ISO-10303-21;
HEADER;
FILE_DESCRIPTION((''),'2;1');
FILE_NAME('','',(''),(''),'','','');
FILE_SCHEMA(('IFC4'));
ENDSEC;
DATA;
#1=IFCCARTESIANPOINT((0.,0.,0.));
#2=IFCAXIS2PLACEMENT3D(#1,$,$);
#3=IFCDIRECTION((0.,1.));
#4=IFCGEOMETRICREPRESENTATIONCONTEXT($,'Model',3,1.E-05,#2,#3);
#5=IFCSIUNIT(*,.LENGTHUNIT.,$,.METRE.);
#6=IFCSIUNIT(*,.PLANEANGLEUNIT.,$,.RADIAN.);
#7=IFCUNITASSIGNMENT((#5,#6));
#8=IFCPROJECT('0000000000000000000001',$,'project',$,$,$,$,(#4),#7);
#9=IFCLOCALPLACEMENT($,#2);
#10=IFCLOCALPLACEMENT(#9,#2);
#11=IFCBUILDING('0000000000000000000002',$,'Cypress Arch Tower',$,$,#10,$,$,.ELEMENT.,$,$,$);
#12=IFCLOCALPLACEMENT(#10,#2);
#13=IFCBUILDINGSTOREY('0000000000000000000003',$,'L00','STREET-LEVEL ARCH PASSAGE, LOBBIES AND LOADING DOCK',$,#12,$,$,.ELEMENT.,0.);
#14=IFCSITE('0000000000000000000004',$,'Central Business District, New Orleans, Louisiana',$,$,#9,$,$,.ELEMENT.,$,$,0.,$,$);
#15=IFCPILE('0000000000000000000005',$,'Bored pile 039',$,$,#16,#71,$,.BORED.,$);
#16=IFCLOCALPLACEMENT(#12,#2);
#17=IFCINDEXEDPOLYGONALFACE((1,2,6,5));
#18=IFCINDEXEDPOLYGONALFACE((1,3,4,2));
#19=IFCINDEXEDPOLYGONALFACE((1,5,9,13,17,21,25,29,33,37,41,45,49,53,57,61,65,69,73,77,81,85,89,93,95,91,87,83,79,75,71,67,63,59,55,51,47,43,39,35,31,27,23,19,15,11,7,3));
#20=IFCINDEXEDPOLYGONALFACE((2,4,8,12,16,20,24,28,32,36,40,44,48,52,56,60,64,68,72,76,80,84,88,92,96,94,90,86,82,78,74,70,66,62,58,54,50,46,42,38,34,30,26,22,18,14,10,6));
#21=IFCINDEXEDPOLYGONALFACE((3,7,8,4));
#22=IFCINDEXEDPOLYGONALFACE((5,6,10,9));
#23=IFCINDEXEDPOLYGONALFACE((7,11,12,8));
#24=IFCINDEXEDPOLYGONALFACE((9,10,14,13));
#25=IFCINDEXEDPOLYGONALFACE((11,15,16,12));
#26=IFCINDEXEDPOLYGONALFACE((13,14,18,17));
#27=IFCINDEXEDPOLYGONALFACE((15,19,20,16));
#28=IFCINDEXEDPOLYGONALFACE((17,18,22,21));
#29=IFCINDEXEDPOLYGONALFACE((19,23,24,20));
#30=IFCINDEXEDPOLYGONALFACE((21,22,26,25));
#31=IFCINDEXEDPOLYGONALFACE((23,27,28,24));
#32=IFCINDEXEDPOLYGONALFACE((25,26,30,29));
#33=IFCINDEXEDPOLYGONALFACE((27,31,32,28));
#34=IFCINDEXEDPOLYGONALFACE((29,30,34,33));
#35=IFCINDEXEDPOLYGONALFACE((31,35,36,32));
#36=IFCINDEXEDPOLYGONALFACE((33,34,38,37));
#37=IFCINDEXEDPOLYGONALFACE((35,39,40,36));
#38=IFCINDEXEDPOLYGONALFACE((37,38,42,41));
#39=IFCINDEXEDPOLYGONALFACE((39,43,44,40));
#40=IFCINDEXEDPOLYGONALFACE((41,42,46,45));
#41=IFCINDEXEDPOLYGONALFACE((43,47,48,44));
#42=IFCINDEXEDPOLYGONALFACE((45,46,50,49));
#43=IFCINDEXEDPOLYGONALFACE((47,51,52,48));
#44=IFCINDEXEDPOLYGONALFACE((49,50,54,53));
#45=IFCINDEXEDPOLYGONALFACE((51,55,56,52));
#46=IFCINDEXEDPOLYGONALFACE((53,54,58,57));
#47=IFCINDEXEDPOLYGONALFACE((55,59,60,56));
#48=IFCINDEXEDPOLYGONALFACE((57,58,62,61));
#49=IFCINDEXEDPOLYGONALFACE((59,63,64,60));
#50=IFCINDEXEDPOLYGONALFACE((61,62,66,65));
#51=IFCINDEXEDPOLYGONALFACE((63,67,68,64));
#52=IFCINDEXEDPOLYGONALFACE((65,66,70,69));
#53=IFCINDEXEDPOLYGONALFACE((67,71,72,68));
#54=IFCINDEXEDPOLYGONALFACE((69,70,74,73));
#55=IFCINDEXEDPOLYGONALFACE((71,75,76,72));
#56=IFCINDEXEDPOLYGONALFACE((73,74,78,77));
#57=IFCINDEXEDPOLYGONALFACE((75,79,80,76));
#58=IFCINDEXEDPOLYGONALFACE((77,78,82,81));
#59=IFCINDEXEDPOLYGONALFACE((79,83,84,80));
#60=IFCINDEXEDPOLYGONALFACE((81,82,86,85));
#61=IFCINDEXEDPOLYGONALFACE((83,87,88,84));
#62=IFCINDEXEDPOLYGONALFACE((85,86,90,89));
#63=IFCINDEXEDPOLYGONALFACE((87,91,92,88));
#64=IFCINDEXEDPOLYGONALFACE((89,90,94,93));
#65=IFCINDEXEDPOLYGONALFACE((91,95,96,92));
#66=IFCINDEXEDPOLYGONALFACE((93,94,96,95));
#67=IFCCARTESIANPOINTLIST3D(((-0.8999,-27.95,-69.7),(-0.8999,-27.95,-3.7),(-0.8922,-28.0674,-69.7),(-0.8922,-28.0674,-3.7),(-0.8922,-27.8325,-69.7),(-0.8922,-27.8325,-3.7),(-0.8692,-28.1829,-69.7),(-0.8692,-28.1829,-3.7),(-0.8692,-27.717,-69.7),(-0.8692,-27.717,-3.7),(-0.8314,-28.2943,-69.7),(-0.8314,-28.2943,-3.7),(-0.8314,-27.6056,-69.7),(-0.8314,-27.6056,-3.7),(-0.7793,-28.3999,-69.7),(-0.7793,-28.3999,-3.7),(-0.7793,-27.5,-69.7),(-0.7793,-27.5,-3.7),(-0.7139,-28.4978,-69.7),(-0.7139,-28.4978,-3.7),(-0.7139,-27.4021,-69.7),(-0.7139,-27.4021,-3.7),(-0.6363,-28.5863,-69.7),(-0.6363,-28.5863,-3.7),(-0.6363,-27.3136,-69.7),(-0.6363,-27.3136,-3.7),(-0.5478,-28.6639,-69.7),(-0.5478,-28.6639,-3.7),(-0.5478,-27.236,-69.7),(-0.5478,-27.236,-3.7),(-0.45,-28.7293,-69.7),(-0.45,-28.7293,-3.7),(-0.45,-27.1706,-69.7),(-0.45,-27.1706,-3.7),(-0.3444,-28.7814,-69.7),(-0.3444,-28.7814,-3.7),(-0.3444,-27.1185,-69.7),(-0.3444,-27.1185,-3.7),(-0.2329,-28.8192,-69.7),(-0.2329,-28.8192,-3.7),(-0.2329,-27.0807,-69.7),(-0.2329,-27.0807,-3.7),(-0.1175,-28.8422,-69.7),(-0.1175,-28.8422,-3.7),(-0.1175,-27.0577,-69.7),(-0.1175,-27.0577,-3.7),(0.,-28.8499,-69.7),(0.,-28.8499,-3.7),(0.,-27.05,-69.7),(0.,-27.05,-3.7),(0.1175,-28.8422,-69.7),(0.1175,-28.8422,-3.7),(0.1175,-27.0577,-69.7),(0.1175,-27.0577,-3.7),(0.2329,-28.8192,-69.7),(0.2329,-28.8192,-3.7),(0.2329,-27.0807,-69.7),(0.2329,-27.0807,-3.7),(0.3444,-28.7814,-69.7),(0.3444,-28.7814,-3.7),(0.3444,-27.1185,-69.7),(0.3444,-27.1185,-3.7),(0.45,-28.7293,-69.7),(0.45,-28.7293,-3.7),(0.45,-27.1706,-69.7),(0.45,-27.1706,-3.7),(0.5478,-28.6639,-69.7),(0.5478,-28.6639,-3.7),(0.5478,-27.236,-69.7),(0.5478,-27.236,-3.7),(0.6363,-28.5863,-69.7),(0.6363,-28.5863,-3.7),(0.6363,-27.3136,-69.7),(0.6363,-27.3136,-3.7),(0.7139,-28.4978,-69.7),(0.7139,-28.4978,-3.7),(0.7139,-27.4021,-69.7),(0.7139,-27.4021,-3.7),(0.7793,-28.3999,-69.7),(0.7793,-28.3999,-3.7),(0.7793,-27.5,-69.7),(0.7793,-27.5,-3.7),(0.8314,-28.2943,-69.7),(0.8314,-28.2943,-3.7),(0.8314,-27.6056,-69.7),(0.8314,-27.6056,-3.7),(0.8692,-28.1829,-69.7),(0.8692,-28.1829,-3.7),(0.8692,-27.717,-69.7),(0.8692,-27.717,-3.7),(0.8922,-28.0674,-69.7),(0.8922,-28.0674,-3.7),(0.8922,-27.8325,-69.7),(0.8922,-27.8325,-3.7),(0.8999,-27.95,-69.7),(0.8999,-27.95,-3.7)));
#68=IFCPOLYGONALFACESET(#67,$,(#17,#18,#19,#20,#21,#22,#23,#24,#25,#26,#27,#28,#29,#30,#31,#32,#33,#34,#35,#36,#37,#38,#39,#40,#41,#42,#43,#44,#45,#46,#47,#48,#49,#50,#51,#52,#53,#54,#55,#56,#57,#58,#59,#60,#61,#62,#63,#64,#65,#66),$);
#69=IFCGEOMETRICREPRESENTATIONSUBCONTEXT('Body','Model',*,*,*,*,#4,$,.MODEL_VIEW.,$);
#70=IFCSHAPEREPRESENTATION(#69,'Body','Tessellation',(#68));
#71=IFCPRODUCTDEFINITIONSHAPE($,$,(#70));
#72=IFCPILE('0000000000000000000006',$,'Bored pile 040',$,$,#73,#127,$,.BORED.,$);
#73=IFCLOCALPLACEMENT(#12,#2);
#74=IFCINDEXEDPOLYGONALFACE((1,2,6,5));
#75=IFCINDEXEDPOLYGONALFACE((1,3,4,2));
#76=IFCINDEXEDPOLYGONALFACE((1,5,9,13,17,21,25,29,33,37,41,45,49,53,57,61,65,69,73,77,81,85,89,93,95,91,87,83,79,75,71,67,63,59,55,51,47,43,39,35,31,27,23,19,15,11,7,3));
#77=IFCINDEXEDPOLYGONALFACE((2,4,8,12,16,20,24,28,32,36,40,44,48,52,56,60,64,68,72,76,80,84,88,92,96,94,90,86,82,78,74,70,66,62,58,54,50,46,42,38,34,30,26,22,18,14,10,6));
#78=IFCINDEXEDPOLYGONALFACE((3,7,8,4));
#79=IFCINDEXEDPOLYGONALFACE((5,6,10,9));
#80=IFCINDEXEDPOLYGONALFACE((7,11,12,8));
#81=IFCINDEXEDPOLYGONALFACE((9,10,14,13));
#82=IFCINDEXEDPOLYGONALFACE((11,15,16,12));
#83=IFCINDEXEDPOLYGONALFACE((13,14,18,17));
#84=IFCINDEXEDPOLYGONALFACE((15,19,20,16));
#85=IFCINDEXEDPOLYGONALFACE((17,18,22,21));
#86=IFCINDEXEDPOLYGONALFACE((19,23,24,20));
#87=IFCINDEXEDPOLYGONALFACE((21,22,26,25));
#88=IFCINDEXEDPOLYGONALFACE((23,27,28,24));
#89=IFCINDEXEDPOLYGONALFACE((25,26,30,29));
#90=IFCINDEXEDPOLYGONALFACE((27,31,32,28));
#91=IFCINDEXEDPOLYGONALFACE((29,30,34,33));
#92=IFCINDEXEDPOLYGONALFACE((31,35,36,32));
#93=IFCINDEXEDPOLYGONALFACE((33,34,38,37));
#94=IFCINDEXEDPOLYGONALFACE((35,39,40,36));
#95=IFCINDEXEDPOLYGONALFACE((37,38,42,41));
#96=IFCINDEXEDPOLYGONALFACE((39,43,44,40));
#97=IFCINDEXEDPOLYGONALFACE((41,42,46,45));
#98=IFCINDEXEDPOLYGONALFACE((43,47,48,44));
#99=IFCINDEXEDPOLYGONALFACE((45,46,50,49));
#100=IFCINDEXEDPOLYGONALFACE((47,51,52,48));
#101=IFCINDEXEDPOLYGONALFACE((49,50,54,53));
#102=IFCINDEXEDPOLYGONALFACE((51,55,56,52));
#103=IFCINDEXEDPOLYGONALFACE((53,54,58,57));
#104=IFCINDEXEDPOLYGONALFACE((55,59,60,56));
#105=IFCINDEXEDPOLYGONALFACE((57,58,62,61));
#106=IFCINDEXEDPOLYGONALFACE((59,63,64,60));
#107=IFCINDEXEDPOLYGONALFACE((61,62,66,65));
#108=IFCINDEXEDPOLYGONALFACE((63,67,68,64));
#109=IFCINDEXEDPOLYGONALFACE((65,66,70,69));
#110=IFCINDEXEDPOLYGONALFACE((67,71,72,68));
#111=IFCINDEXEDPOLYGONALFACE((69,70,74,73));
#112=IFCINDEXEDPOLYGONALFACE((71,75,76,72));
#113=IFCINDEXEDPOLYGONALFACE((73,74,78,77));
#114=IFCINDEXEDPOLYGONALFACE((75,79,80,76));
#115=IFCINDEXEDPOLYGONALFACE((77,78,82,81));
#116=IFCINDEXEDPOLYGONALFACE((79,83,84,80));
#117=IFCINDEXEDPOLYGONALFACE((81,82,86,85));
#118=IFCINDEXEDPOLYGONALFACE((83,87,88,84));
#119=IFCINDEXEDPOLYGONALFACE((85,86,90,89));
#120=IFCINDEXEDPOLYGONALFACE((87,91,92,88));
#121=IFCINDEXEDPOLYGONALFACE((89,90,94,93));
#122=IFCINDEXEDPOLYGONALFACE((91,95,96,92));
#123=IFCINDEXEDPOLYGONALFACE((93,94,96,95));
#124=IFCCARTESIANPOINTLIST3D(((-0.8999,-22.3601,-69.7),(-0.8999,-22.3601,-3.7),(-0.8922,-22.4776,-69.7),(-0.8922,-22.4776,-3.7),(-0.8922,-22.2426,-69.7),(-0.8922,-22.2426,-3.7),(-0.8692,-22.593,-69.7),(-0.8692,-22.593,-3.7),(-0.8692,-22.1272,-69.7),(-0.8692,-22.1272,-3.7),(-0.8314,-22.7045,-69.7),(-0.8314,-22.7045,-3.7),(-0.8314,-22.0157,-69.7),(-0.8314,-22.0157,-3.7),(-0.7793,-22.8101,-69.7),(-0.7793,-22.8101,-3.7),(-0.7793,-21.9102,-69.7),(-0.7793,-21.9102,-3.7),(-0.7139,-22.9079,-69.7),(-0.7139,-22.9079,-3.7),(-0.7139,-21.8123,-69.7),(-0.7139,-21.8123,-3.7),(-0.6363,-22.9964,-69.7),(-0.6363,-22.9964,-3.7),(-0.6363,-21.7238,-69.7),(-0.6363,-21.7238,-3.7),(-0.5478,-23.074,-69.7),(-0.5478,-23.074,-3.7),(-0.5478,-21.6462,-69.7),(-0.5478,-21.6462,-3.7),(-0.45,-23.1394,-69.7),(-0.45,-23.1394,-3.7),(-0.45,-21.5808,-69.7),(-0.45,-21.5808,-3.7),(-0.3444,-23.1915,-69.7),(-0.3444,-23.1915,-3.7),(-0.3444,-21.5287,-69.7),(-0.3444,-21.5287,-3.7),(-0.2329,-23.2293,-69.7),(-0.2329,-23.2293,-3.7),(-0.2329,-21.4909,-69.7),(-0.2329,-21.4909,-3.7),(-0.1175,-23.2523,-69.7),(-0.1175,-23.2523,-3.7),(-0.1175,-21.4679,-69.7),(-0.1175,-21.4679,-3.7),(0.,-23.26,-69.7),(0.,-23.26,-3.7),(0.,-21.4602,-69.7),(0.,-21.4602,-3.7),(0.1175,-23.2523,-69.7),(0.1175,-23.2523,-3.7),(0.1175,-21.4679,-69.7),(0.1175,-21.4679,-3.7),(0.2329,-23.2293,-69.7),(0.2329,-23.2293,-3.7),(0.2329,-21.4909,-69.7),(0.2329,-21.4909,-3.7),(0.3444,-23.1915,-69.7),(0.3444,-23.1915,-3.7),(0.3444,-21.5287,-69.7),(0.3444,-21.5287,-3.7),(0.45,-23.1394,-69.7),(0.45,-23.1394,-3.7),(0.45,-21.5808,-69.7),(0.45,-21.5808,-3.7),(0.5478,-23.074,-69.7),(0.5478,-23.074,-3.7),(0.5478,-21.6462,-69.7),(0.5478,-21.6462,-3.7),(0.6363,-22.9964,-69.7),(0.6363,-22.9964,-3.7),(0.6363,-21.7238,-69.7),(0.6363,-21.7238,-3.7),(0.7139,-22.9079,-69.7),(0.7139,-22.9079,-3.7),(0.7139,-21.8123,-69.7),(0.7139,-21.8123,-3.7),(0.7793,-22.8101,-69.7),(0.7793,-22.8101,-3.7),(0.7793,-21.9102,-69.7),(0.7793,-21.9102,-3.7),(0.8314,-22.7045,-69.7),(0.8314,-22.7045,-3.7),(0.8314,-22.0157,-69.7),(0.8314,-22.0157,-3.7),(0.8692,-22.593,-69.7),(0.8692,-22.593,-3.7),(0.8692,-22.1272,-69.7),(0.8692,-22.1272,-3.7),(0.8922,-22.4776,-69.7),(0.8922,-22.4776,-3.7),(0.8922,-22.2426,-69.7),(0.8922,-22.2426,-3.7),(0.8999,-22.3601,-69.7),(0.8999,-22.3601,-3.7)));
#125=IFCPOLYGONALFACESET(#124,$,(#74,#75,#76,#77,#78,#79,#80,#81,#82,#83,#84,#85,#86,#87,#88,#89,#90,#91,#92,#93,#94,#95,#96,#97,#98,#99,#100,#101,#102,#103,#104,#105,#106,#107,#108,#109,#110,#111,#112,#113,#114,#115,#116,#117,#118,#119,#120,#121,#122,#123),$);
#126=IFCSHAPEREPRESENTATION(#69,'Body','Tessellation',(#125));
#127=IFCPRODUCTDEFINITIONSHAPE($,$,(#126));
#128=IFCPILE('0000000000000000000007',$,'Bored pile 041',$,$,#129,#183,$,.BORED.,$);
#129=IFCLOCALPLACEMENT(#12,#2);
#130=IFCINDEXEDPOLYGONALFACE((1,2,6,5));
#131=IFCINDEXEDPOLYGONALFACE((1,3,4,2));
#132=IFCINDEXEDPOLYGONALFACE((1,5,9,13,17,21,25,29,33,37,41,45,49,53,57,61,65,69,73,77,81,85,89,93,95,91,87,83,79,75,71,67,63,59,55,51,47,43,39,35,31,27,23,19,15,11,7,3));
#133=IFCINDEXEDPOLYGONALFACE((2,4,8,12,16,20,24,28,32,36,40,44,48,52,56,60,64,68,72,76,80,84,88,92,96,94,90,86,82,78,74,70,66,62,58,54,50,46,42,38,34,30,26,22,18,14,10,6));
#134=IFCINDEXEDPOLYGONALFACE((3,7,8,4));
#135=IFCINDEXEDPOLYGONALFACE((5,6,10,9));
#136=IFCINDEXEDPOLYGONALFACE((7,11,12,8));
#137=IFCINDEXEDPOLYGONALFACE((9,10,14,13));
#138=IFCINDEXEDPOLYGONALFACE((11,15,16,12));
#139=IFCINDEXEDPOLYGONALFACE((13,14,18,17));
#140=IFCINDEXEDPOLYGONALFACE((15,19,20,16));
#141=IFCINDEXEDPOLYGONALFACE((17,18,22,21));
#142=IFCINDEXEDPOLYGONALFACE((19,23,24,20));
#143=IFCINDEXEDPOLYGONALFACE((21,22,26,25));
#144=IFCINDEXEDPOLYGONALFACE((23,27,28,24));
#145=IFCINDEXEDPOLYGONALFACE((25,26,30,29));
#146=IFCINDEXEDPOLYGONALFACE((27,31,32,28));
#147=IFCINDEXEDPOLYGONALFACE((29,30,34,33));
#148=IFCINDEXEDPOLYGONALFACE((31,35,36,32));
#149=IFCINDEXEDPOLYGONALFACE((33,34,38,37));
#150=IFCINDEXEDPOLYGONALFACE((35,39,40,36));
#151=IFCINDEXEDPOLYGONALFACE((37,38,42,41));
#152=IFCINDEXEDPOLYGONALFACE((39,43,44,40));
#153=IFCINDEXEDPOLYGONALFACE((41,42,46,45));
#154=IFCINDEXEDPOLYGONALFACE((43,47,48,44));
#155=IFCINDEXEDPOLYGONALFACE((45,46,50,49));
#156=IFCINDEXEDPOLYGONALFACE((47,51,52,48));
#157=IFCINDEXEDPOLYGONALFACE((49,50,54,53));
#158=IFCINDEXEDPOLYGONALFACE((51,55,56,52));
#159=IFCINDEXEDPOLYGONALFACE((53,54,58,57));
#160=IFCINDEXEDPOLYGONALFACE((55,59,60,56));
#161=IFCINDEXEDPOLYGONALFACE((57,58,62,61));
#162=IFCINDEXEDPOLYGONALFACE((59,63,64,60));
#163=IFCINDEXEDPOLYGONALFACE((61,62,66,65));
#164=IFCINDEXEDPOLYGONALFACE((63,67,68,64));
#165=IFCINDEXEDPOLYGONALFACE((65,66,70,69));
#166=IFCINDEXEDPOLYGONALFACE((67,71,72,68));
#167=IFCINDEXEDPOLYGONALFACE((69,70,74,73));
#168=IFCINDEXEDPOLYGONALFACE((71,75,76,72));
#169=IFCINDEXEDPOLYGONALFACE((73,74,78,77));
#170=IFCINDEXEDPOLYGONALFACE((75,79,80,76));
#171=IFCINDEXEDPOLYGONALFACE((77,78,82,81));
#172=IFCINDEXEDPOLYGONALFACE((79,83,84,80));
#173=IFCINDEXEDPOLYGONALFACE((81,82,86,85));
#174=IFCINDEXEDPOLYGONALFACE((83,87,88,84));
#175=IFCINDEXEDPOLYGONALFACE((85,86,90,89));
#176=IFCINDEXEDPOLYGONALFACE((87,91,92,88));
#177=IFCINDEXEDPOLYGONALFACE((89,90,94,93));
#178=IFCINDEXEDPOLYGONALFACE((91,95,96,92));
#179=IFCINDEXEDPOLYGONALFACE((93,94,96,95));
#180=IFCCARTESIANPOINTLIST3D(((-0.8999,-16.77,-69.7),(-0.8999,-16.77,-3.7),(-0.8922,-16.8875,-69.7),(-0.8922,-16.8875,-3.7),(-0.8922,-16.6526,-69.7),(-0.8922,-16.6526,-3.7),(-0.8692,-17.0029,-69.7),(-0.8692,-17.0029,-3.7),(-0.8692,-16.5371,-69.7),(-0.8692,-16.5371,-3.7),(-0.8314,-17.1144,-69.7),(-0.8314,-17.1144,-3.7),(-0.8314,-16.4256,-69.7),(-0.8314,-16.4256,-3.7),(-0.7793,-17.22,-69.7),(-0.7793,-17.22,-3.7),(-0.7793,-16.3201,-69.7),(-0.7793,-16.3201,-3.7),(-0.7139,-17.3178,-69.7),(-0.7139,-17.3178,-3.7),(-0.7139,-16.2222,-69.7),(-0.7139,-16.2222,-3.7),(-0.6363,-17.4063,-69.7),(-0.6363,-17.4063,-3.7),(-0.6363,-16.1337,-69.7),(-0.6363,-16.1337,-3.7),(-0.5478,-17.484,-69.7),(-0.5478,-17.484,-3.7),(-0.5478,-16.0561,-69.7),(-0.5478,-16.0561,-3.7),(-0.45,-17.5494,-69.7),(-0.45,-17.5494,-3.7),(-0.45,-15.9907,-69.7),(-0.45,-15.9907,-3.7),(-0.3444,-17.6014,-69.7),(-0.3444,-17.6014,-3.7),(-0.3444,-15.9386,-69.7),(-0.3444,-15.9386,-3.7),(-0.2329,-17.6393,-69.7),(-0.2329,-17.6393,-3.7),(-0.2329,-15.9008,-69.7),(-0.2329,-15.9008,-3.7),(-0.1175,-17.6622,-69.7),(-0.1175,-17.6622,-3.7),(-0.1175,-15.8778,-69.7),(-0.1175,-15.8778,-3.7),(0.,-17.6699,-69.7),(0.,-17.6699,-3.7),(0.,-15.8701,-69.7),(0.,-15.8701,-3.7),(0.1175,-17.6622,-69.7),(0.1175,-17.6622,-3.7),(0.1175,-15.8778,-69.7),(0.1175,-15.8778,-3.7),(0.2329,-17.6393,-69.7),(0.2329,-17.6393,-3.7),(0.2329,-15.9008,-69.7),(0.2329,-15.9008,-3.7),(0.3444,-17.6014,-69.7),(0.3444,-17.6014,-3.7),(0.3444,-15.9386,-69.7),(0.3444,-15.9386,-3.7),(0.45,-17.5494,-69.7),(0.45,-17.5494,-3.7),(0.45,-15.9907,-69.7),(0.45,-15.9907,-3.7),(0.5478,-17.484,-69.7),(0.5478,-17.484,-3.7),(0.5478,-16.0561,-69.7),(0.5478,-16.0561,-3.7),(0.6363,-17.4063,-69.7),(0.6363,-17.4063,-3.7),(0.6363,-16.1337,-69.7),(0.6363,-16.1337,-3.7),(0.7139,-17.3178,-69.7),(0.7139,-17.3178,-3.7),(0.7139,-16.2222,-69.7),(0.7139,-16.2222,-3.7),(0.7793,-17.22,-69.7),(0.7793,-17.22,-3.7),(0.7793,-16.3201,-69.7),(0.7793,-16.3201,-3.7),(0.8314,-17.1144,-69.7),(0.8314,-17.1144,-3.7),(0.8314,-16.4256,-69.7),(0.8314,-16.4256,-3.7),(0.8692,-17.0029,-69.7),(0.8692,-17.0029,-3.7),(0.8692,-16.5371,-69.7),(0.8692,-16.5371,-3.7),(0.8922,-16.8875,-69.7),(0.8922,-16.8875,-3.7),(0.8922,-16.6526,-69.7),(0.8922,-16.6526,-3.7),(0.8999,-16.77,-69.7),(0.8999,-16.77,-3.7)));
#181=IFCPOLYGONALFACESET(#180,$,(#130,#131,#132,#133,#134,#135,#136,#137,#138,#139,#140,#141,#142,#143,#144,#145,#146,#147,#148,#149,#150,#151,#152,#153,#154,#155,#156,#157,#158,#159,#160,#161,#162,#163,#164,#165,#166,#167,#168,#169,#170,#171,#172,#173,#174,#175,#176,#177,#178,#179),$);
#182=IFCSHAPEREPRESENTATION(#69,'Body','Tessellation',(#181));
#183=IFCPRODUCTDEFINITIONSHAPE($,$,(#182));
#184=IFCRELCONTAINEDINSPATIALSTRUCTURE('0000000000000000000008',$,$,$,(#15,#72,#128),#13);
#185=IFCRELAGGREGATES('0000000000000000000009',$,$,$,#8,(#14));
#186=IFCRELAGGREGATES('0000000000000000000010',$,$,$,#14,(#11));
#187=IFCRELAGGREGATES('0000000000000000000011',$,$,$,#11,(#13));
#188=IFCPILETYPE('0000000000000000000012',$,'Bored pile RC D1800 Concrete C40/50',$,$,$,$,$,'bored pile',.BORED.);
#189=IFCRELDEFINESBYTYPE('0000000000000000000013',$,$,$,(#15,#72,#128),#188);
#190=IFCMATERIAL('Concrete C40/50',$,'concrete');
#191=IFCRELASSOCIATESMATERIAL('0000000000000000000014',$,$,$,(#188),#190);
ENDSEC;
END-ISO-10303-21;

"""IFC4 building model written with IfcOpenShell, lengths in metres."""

from ifc_helpers import new_model, si_unit, direction, frame, origin, origin_2d, place, context, subcontext, project, spatial, circle, extrude, material, material_profile, profile_set, type_object, element, save


model = new_model("IFC4")

# Units and contexts
model_context = context("Model", 3, precision=1e-05, world=origin(), true_north=direction((0.0, 1.0)))
body_context = subcontext(model_context, "Body", "Model", "MODEL_VIEW")
ifc_project = project(units=[si_unit("LENGTHUNIT", "METRE"), si_unit("PLANEANGLEUNIT", "RADIAN")], contexts=[model_context])

# Site, building, storey
site_placement = place(None, origin())
site = spatial("IfcSite", under=ifc_project, at=site_placement, Name="Central Business District, New Orleans, Louisiana", CompositionType="ELEMENT", RefElevation=0.0)
building_placement = place(site_placement, origin())
building = spatial("IfcBuilding", under=site, at=building_placement, Name="Cypress Arch Tower", CompositionType="ELEMENT")
storey_placement = place(building_placement, origin())
storey = spatial("IfcBuildingStorey", under=building, at=storey_placement, Name="L00", Description="STREET-LEVEL ARCH PASSAGE, LOBBIES AND LOADING DOCK", CompositionType="ELEMENT", Elevation=0.0)

# Piles
ifc_material_1 = material(Name="Concrete C40/50", Category="concrete")
ifc_material_profile = material_profile(ifc_material_1, circle(Radius=0.8999, at=origin_2d()), Name="RC D1800")
ifc_profile_set = profile_set([ifc_material_profile], Name="Concrete C40/50")
pile_type = type_object("IfcPileType", Name="Bored pile RC D1800 Concrete C40/50", ElementType="bored pile", PredefinedType="BORED", material=ifc_profile_set)
for number, where, z_axis, x_axis, name in (
    (1, (0.0, -27.95, -3.7), (0.0, 0.0, -1.0), (1.0, 0.0, 0.0), "Bored pile 039"),
    (2, (0.0, -22.3601, -3.7), (0.0, 0.0, -1.0), (1.0, 0.0, 0.0), "Bored pile 040"),
    (3, (0.0, -16.77, -3.7), (0.0, 0.0, -1.0), (1.0, 0.0, 0.0), "Bored pile 041"),
):
    element("IfcPile", number, at=place(storey_placement, frame(where, z_axis=z_axis, x_axis=x_axis)), inside=storey, type_object=pile_type, Name=name, PredefinedType="BORED", context=body_context, shape_type="SweptSolid", body=[
        extrude(circle(Radius=0.8999, at=origin_2d()), origin(), (0.0, 0.0, 1.0), 66.0),
    ])

save(model, "model.ifc")
